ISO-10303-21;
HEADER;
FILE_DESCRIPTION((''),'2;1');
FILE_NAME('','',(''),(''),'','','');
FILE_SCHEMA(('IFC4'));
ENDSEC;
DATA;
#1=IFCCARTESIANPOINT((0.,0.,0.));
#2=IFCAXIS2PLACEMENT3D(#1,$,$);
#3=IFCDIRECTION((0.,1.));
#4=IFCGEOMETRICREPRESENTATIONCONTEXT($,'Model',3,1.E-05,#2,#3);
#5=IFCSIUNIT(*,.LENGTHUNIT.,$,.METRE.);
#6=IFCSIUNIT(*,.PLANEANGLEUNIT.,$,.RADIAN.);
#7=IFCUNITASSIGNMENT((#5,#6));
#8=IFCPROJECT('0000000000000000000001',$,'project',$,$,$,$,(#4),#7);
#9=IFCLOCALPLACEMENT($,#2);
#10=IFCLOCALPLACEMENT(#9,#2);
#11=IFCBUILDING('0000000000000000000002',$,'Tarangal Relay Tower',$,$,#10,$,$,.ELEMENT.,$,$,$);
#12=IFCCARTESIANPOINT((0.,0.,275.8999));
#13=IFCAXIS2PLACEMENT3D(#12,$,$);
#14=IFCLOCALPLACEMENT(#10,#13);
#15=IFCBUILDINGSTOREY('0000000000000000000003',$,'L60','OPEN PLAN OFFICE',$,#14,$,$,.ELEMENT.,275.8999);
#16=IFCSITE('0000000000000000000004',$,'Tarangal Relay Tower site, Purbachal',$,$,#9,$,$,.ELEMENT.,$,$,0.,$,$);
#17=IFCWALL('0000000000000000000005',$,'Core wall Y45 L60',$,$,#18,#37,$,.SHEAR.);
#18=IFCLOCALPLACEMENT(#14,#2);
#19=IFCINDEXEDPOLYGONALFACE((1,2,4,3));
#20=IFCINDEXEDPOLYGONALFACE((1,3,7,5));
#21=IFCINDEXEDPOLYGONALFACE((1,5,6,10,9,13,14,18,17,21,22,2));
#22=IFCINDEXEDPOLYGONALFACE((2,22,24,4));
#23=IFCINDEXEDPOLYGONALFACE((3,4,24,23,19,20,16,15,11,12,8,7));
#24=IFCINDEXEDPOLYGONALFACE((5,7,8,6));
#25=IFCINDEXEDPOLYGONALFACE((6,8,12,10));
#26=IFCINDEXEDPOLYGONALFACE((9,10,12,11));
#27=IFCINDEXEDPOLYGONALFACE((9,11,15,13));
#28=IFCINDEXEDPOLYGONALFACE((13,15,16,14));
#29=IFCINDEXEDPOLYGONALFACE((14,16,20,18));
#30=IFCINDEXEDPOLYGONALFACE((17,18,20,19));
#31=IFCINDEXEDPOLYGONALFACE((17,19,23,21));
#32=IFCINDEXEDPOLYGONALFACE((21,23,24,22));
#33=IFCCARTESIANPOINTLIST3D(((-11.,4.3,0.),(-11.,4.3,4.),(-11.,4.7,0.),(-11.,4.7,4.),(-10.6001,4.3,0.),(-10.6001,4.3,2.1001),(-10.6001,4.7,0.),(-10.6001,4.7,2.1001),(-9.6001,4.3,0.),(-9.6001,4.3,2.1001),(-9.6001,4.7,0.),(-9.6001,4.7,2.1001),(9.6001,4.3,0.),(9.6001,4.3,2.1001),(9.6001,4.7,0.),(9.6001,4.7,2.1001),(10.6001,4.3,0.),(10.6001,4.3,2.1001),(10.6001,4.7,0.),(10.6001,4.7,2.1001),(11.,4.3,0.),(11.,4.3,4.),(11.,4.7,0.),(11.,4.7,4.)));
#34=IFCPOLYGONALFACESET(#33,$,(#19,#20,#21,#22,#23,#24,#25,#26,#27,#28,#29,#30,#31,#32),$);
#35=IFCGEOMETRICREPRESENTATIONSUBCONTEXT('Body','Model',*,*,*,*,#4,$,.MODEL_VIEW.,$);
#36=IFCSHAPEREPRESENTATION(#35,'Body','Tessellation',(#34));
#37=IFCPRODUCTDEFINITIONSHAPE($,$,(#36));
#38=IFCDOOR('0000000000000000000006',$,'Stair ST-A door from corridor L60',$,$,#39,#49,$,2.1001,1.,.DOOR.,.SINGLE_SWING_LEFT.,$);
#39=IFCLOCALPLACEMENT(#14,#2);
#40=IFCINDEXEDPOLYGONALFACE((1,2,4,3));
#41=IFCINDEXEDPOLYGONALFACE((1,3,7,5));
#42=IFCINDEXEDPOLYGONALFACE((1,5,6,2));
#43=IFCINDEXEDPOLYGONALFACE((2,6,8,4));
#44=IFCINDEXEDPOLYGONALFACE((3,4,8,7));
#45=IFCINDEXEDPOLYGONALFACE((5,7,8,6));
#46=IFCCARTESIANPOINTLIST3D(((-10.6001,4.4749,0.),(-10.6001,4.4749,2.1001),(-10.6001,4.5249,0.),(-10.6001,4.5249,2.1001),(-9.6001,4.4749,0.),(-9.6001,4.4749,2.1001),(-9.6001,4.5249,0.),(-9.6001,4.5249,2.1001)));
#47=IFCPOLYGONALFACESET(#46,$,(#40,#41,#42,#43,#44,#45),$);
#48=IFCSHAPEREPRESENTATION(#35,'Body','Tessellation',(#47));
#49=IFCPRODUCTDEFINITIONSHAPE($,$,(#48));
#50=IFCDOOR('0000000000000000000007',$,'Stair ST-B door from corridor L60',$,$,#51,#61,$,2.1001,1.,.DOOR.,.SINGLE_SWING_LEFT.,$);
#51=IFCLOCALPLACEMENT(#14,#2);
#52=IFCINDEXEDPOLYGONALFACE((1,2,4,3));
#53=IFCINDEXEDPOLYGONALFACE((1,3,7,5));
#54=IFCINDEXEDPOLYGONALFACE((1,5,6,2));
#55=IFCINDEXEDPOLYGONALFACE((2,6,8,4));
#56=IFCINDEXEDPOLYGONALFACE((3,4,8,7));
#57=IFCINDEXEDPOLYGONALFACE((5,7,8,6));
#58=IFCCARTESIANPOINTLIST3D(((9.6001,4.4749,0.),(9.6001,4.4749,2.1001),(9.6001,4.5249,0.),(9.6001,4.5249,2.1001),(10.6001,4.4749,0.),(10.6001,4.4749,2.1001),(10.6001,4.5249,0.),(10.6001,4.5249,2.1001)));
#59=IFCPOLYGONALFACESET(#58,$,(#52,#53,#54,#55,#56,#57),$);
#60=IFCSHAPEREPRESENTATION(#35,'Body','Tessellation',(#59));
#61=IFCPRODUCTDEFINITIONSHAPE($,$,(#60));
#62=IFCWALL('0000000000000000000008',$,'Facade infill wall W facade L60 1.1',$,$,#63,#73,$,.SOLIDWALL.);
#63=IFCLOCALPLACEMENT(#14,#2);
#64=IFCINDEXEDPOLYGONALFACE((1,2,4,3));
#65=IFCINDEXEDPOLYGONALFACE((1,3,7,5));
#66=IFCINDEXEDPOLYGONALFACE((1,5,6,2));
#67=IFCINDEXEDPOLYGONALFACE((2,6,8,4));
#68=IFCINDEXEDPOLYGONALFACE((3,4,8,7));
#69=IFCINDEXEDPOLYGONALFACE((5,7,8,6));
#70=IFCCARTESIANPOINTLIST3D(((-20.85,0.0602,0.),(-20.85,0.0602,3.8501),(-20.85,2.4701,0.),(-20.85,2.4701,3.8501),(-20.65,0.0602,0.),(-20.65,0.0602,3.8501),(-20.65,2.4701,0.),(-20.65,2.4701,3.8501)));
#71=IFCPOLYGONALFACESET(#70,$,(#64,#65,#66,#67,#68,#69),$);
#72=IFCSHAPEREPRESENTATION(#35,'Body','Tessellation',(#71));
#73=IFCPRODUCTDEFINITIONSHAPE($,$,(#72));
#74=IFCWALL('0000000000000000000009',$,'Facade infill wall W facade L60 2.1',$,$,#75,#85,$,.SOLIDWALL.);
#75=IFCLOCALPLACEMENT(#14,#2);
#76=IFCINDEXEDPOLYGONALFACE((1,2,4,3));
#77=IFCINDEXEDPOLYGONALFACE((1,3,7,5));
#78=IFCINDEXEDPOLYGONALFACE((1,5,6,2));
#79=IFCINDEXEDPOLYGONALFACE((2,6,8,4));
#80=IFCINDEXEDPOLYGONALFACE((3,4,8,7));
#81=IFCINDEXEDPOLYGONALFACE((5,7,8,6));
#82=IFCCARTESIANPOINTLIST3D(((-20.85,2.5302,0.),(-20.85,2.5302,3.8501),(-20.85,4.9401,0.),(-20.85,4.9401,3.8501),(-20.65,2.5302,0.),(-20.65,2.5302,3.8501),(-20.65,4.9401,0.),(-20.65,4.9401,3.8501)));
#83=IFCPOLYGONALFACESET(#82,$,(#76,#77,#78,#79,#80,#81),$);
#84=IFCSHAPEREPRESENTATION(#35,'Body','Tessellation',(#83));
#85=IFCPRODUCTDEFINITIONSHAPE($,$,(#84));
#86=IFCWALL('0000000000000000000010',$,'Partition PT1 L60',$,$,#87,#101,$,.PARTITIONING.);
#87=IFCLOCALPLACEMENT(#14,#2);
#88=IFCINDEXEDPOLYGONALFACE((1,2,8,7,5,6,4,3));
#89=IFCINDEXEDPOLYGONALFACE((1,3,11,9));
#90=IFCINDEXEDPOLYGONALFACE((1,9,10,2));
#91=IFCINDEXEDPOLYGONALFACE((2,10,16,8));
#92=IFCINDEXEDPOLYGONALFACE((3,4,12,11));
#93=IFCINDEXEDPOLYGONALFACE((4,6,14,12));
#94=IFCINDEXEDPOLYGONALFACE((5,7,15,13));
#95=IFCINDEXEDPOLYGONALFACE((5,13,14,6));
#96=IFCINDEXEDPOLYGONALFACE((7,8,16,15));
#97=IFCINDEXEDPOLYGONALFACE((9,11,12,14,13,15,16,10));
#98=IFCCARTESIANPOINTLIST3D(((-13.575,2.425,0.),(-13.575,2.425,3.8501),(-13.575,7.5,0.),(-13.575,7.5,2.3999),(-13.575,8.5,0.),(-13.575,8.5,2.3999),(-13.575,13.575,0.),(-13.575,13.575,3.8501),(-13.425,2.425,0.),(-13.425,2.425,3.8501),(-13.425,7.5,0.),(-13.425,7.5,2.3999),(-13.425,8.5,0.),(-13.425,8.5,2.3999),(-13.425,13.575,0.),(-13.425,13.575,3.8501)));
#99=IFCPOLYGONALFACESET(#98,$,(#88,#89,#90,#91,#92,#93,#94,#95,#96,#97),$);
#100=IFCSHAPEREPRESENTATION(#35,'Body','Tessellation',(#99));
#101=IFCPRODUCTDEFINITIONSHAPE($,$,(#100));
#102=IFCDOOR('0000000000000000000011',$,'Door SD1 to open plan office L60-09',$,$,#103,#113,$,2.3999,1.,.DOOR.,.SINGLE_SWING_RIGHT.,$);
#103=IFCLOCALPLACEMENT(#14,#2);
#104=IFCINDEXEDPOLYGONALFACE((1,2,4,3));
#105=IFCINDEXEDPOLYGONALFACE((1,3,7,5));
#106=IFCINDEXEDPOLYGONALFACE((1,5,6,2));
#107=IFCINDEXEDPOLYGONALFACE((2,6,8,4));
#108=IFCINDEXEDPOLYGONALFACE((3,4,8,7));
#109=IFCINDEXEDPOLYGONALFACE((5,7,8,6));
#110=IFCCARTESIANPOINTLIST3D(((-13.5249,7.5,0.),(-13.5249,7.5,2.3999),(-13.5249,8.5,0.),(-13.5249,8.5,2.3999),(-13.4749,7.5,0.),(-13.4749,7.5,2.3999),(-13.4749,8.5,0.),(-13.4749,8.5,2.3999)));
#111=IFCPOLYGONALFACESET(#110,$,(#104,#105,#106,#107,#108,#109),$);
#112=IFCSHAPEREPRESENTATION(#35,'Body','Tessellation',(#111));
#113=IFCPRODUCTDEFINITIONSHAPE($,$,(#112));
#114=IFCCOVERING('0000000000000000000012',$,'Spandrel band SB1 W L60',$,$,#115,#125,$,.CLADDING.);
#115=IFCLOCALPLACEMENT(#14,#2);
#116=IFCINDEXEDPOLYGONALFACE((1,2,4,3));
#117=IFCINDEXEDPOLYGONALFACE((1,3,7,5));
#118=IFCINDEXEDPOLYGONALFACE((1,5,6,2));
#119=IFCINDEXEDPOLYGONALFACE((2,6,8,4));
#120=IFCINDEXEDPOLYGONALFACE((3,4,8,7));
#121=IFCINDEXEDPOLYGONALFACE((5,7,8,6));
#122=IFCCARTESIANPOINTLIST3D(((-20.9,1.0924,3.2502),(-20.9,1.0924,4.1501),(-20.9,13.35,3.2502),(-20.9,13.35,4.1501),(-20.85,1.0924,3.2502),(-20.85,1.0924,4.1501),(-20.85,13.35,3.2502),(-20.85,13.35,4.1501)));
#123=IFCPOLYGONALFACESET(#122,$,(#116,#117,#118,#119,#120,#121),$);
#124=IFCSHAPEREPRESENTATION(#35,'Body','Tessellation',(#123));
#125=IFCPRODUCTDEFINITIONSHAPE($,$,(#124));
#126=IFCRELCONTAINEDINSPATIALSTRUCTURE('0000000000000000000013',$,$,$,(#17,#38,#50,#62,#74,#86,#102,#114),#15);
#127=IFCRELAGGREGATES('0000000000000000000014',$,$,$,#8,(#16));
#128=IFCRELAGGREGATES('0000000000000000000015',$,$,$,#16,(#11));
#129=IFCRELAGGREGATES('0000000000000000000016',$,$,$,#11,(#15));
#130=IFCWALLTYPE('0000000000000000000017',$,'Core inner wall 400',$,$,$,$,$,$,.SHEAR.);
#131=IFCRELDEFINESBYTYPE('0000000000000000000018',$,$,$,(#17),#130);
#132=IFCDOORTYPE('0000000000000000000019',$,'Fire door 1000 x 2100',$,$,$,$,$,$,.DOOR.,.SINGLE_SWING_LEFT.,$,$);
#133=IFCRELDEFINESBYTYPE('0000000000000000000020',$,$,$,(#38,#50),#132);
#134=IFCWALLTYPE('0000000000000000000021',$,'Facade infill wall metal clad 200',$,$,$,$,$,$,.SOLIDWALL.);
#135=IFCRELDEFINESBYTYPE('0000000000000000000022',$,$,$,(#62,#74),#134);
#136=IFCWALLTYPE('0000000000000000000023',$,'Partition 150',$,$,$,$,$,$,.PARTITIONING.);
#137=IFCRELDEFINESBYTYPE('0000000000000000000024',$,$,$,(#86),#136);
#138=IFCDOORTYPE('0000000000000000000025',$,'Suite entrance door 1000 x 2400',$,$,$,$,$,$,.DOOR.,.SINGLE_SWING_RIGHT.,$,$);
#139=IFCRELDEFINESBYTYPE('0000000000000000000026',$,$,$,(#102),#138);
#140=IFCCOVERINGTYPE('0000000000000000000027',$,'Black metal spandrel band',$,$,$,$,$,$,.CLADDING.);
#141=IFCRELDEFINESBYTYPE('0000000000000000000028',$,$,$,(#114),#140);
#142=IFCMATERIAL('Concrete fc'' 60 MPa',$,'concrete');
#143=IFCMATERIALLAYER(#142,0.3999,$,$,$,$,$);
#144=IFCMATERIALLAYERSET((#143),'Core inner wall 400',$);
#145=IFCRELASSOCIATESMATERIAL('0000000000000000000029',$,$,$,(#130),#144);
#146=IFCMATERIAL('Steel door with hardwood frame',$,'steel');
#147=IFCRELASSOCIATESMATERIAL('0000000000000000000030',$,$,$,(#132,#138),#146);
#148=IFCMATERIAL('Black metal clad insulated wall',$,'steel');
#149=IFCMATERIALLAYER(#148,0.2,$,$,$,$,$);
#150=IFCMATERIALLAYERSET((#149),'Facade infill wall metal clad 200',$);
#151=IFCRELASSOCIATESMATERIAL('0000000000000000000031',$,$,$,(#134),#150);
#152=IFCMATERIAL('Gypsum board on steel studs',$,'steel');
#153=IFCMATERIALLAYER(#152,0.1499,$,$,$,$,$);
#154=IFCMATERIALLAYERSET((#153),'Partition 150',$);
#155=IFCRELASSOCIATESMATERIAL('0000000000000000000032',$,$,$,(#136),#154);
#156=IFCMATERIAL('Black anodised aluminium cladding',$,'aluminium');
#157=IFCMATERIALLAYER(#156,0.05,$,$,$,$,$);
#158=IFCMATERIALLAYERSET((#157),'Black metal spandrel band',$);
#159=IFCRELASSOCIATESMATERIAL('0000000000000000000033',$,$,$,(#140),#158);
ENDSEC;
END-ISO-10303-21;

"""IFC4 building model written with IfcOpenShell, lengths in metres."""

from ifc_helpers import new_model, si_unit, direction, frame, frame_2d, origin, origin_2d, place, context, subcontext, project, spatial, rectangle, extrude, material, layer, layer_set, type_object, element, fill, save


model = new_model("IFC4")

# Units and contexts
model_context = context("Model", 3, precision=1e-05, world=origin(), true_north=direction((0.0, 1.0)))
body_context = subcontext(model_context, "Body", "Model", "MODEL_VIEW")
ifc_project = project(units=[si_unit("LENGTHUNIT", "METRE"), si_unit("PLANEANGLEUNIT", "RADIAN")], contexts=[model_context])

# Site, building, storey
site_placement = place(None, origin())
site = spatial("IfcSite", under=ifc_project, at=site_placement, Name="Tarangal Relay Tower site, Purbachal", CompositionType="ELEMENT", RefElevation=0.0)
building_placement = place(site_placement, origin())
building = spatial("IfcBuilding", under=site, at=building_placement, Name="Tarangal Relay Tower", CompositionType="ELEMENT")
storey_placement = place(building_placement, frame((0.0, 0.0, 275.8999)))
storey = spatial("IfcBuildingStorey", under=building, at=storey_placement, Name="L60", Description="OPEN PLAN OFFICE", CompositionType="ELEMENT", Elevation=275.8999)

# Wall, openings, doors
ifc_material_1 = material(Name="Concrete fc' 60 MPa", Category="concrete")
ifc_layer_1 = layer(ifc_material_1, 0.3999)
ifc_layer_set_1 = layer_set([ifc_layer_1], Name="Core inner wall 400")
wall_type_1 = type_object("IfcWallType", Name="Core inner wall 400", PredefinedType="SHEAR", material=ifc_layer_set_1)
wall_1_placement = place(storey_placement, frame((-11.0, 4.5, 0.0), z_axis=(0.0, 0.0, 1.0), x_axis=(1.0, 0.0, 0.0)))
wall_1 = element("IfcWall", 1, at=wall_1_placement, inside=storey, type_object=wall_type_1, Name="Core wall Y45 L60", PredefinedType="SHEAR", context=body_context, shape_type="SweptSolid", body=[
    extrude(rectangle(XDim=22.0, YDim=0.3999, at=frame_2d((11.0, 0.0))), origin(), (0.0, 0.0, 1.0), 4.0),
])
opening_1_placement = place(wall_1_placement, frame((0.3999, 0.0, 0.0)))
opening_1 = element("IfcOpeningElement", 2, at=opening_1_placement, cuts=wall_1, PredefinedType="OPENING", context=body_context, shape_type="SweptSolid", body=[
    extrude(rectangle(XDim=1.0, YDim=2.1001, at=frame_2d((0.5, 1.05))), frame((0.0, 0.21, 0.0), z_axis=(0.0, -1.0, 0.0), x_axis=(1.0, 0.0, 0.0)), (0.0, 0.0, 1.0), 0.4199),
])
opening_2_placement = place(wall_1_placement, frame((20.6001, 0.0, 0.0)))
opening_2 = element("IfcOpeningElement", 3, at=opening_2_placement, cuts=wall_1, PredefinedType="OPENING", context=body_context, shape_type="SweptSolid", body=[
    extrude(rectangle(XDim=1.0, YDim=2.1001, at=frame_2d((0.5, 1.05))), frame((0.0, 0.21, 0.0), z_axis=(0.0, -1.0, 0.0), x_axis=(1.0, 0.0, 0.0)), (0.0, 0.0, 1.0), 0.4199),
])
ifc_material_2 = material(Name="Steel door with hardwood frame", Category="steel")
door_type_1 = type_object("IfcDoorType", Name="Fire door 1000 x 2100", OperationType="SINGLE_SWING_LEFT", PredefinedType="DOOR", material=ifc_material_2)
door_1_placement = place(opening_1_placement, origin())
door_1 = element("IfcDoor", 4, at=door_1_placement, inside=storey, type_object=door_type_1, Name="Stair ST-A door from corridor L60", OperationType="SINGLE_SWING_LEFT", OverallHeight=2.1001, OverallWidth=1.0, PredefinedType="DOOR", context=body_context, shape_type="SweptSolid", body=[
    extrude(rectangle(XDim=1.0, YDim=2.1001, at=frame_2d((0.5, 1.05))), frame((0.0, 0.0249, 0.0), z_axis=(0.0, -1.0, 0.0), x_axis=(1.0, 0.0, 0.0)), (0.0, 0.0, 1.0), 0.05),
])
fill(opening_1, door_1)
door_2_placement = place(opening_2_placement, origin())
door_2 = element("IfcDoor", 5, at=door_2_placement, inside=storey, type_object=door_type_1, Name="Stair ST-B door from corridor L60", OperationType="SINGLE_SWING_LEFT", OverallHeight=2.1001, OverallWidth=1.0, PredefinedType="DOOR", context=body_context, shape_type="SweptSolid", body=[
    extrude(rectangle(XDim=1.0, YDim=2.1001, at=frame_2d((0.5, 1.05))), frame((0.0, 0.0249, 0.0), z_axis=(0.0, -1.0, 0.0), x_axis=(1.0, 0.0, 0.0)), (0.0, 0.0, 1.0), 0.05),
])
fill(opening_2, door_2)

# Walls
ifc_material_3 = material(Name="Black metal clad insulated wall", Category="steel")
ifc_layer_2 = layer(ifc_material_3, 0.2)
ifc_layer_set_2 = layer_set([ifc_layer_2], Name="Facade infill wall metal clad 200")
wall_type_2 = type_object("IfcWallType", Name="Facade infill wall metal clad 200", PredefinedType="SOLIDWALL", material=ifc_layer_set_2)
for number, where, z_axis, x_axis, name in (
    (6, (-20.75, 0.0601, 0.0), (0.0, 0.0, 1.0), (0.0, 1.0, 0.0), "Facade infill wall W facade L60 1.1"),
    (7, (-20.75, 2.53, 0.0), (0.0, 0.0, 1.0), (0.0, 1.0, 0.0), "Facade infill wall W facade L60 2.1"),
):
    element("IfcWall", number, at=place(storey_placement, frame(where, z_axis=z_axis, x_axis=x_axis)), inside=storey, type_object=wall_type_2, Name=name, PredefinedType="SOLIDWALL", context=body_context, shape_type="SweptSolid", body=[
        extrude(rectangle(XDim=2.4099, YDim=0.2, at=frame_2d((1.2051, 0.0))), origin(), (0.0, 0.0, 1.0), 3.8501),
    ])

# Wall, opening, door
ifc_material_4 = material(Name="Gypsum board on steel studs", Category="steel")
ifc_layer_3 = layer(ifc_material_4, 0.1499)
ifc_layer_set_3 = layer_set([ifc_layer_3], Name="Partition 150")
wall_type_3 = type_object("IfcWallType", Name="Partition 150", PredefinedType="PARTITIONING", material=ifc_layer_set_3)
wall_2_placement = place(storey_placement, frame((-13.5, 2.425, 0.0), z_axis=(0.0, 0.0, 1.0), x_axis=(0.0, 1.0, 0.0)))
wall_2 = element("IfcWall", 8, at=wall_2_placement, inside=storey, type_object=wall_type_3, Name="Partition PT1 L60", PredefinedType="PARTITIONING", context=body_context, shape_type="SweptSolid", body=[
    extrude(rectangle(XDim=11.1499, YDim=0.1499, at=frame_2d((5.575, 0.0))), origin(), (0.0, 0.0, 1.0), 3.8501),
])
opening_3_placement = place(wall_2_placement, frame((5.075, 0.0, 0.0)))
opening_3 = element("IfcOpeningElement", 9, at=opening_3_placement, cuts=wall_2, PredefinedType="OPENING", context=body_context, shape_type="SweptSolid", body=[
    extrude(rectangle(XDim=1.0, YDim=2.3999, at=frame_2d((0.5, 1.2))), frame((0.0, 0.085, 0.0), z_axis=(0.0, -1.0, 0.0), x_axis=(1.0, 0.0, 0.0)), (0.0, 0.0, 1.0), 0.1699),
])
door_type_2 = type_object("IfcDoorType", Name="Suite entrance door 1000 x 2400", OperationType="SINGLE_SWING_RIGHT", PredefinedType="DOOR", material=ifc_material_2)
door_3_placement = place(opening_3_placement, origin())
door_3 = element("IfcDoor", 10, at=door_3_placement, inside=storey, type_object=door_type_2, Name="Door SD1 to open plan office L60-09", OperationType="SINGLE_SWING_RIGHT", OverallHeight=2.3999, OverallWidth=1.0, PredefinedType="DOOR", context=body_context, shape_type="SweptSolid", body=[
    extrude(rectangle(XDim=1.0, YDim=2.3999, at=frame_2d((0.5, 1.2))), frame((0.0, 0.0249, 0.0), z_axis=(0.0, -1.0, 0.0), x_axis=(1.0, 0.0, 0.0)), (0.0, 0.0, 1.0), 0.05),
])
fill(opening_3, door_3)

# Covering
ifc_material_5 = material(Name="Black anodised aluminium cladding", Category="aluminium")
ifc_layer_4 = layer(ifc_material_5, 0.05)
ifc_layer_set_4 = layer_set([ifc_layer_4], Name="Black metal spandrel band")
covering_type = type_object("IfcCoveringType", Name="Black metal spandrel band", PredefinedType="CLADDING", material=ifc_layer_set_4)
covering_placement = place(storey_placement, frame((-20.875, 7.2212, 3.2502), z_axis=(0.0, 0.0, 1.0), x_axis=(0.0, 1.0, 0.0)))
element("IfcCovering", 11, at=covering_placement, inside=storey, type_object=covering_type, Name="Spandrel band SB1 W L60", PredefinedType="CLADDING", context=body_context, shape_type="SweptSolid", body=[
    extrude(rectangle(XDim=12.2576, YDim=0.05, at=origin_2d()), origin(), (0.0, 0.0, 1.0), 0.8999),
])

save(model, "model.ifc")
